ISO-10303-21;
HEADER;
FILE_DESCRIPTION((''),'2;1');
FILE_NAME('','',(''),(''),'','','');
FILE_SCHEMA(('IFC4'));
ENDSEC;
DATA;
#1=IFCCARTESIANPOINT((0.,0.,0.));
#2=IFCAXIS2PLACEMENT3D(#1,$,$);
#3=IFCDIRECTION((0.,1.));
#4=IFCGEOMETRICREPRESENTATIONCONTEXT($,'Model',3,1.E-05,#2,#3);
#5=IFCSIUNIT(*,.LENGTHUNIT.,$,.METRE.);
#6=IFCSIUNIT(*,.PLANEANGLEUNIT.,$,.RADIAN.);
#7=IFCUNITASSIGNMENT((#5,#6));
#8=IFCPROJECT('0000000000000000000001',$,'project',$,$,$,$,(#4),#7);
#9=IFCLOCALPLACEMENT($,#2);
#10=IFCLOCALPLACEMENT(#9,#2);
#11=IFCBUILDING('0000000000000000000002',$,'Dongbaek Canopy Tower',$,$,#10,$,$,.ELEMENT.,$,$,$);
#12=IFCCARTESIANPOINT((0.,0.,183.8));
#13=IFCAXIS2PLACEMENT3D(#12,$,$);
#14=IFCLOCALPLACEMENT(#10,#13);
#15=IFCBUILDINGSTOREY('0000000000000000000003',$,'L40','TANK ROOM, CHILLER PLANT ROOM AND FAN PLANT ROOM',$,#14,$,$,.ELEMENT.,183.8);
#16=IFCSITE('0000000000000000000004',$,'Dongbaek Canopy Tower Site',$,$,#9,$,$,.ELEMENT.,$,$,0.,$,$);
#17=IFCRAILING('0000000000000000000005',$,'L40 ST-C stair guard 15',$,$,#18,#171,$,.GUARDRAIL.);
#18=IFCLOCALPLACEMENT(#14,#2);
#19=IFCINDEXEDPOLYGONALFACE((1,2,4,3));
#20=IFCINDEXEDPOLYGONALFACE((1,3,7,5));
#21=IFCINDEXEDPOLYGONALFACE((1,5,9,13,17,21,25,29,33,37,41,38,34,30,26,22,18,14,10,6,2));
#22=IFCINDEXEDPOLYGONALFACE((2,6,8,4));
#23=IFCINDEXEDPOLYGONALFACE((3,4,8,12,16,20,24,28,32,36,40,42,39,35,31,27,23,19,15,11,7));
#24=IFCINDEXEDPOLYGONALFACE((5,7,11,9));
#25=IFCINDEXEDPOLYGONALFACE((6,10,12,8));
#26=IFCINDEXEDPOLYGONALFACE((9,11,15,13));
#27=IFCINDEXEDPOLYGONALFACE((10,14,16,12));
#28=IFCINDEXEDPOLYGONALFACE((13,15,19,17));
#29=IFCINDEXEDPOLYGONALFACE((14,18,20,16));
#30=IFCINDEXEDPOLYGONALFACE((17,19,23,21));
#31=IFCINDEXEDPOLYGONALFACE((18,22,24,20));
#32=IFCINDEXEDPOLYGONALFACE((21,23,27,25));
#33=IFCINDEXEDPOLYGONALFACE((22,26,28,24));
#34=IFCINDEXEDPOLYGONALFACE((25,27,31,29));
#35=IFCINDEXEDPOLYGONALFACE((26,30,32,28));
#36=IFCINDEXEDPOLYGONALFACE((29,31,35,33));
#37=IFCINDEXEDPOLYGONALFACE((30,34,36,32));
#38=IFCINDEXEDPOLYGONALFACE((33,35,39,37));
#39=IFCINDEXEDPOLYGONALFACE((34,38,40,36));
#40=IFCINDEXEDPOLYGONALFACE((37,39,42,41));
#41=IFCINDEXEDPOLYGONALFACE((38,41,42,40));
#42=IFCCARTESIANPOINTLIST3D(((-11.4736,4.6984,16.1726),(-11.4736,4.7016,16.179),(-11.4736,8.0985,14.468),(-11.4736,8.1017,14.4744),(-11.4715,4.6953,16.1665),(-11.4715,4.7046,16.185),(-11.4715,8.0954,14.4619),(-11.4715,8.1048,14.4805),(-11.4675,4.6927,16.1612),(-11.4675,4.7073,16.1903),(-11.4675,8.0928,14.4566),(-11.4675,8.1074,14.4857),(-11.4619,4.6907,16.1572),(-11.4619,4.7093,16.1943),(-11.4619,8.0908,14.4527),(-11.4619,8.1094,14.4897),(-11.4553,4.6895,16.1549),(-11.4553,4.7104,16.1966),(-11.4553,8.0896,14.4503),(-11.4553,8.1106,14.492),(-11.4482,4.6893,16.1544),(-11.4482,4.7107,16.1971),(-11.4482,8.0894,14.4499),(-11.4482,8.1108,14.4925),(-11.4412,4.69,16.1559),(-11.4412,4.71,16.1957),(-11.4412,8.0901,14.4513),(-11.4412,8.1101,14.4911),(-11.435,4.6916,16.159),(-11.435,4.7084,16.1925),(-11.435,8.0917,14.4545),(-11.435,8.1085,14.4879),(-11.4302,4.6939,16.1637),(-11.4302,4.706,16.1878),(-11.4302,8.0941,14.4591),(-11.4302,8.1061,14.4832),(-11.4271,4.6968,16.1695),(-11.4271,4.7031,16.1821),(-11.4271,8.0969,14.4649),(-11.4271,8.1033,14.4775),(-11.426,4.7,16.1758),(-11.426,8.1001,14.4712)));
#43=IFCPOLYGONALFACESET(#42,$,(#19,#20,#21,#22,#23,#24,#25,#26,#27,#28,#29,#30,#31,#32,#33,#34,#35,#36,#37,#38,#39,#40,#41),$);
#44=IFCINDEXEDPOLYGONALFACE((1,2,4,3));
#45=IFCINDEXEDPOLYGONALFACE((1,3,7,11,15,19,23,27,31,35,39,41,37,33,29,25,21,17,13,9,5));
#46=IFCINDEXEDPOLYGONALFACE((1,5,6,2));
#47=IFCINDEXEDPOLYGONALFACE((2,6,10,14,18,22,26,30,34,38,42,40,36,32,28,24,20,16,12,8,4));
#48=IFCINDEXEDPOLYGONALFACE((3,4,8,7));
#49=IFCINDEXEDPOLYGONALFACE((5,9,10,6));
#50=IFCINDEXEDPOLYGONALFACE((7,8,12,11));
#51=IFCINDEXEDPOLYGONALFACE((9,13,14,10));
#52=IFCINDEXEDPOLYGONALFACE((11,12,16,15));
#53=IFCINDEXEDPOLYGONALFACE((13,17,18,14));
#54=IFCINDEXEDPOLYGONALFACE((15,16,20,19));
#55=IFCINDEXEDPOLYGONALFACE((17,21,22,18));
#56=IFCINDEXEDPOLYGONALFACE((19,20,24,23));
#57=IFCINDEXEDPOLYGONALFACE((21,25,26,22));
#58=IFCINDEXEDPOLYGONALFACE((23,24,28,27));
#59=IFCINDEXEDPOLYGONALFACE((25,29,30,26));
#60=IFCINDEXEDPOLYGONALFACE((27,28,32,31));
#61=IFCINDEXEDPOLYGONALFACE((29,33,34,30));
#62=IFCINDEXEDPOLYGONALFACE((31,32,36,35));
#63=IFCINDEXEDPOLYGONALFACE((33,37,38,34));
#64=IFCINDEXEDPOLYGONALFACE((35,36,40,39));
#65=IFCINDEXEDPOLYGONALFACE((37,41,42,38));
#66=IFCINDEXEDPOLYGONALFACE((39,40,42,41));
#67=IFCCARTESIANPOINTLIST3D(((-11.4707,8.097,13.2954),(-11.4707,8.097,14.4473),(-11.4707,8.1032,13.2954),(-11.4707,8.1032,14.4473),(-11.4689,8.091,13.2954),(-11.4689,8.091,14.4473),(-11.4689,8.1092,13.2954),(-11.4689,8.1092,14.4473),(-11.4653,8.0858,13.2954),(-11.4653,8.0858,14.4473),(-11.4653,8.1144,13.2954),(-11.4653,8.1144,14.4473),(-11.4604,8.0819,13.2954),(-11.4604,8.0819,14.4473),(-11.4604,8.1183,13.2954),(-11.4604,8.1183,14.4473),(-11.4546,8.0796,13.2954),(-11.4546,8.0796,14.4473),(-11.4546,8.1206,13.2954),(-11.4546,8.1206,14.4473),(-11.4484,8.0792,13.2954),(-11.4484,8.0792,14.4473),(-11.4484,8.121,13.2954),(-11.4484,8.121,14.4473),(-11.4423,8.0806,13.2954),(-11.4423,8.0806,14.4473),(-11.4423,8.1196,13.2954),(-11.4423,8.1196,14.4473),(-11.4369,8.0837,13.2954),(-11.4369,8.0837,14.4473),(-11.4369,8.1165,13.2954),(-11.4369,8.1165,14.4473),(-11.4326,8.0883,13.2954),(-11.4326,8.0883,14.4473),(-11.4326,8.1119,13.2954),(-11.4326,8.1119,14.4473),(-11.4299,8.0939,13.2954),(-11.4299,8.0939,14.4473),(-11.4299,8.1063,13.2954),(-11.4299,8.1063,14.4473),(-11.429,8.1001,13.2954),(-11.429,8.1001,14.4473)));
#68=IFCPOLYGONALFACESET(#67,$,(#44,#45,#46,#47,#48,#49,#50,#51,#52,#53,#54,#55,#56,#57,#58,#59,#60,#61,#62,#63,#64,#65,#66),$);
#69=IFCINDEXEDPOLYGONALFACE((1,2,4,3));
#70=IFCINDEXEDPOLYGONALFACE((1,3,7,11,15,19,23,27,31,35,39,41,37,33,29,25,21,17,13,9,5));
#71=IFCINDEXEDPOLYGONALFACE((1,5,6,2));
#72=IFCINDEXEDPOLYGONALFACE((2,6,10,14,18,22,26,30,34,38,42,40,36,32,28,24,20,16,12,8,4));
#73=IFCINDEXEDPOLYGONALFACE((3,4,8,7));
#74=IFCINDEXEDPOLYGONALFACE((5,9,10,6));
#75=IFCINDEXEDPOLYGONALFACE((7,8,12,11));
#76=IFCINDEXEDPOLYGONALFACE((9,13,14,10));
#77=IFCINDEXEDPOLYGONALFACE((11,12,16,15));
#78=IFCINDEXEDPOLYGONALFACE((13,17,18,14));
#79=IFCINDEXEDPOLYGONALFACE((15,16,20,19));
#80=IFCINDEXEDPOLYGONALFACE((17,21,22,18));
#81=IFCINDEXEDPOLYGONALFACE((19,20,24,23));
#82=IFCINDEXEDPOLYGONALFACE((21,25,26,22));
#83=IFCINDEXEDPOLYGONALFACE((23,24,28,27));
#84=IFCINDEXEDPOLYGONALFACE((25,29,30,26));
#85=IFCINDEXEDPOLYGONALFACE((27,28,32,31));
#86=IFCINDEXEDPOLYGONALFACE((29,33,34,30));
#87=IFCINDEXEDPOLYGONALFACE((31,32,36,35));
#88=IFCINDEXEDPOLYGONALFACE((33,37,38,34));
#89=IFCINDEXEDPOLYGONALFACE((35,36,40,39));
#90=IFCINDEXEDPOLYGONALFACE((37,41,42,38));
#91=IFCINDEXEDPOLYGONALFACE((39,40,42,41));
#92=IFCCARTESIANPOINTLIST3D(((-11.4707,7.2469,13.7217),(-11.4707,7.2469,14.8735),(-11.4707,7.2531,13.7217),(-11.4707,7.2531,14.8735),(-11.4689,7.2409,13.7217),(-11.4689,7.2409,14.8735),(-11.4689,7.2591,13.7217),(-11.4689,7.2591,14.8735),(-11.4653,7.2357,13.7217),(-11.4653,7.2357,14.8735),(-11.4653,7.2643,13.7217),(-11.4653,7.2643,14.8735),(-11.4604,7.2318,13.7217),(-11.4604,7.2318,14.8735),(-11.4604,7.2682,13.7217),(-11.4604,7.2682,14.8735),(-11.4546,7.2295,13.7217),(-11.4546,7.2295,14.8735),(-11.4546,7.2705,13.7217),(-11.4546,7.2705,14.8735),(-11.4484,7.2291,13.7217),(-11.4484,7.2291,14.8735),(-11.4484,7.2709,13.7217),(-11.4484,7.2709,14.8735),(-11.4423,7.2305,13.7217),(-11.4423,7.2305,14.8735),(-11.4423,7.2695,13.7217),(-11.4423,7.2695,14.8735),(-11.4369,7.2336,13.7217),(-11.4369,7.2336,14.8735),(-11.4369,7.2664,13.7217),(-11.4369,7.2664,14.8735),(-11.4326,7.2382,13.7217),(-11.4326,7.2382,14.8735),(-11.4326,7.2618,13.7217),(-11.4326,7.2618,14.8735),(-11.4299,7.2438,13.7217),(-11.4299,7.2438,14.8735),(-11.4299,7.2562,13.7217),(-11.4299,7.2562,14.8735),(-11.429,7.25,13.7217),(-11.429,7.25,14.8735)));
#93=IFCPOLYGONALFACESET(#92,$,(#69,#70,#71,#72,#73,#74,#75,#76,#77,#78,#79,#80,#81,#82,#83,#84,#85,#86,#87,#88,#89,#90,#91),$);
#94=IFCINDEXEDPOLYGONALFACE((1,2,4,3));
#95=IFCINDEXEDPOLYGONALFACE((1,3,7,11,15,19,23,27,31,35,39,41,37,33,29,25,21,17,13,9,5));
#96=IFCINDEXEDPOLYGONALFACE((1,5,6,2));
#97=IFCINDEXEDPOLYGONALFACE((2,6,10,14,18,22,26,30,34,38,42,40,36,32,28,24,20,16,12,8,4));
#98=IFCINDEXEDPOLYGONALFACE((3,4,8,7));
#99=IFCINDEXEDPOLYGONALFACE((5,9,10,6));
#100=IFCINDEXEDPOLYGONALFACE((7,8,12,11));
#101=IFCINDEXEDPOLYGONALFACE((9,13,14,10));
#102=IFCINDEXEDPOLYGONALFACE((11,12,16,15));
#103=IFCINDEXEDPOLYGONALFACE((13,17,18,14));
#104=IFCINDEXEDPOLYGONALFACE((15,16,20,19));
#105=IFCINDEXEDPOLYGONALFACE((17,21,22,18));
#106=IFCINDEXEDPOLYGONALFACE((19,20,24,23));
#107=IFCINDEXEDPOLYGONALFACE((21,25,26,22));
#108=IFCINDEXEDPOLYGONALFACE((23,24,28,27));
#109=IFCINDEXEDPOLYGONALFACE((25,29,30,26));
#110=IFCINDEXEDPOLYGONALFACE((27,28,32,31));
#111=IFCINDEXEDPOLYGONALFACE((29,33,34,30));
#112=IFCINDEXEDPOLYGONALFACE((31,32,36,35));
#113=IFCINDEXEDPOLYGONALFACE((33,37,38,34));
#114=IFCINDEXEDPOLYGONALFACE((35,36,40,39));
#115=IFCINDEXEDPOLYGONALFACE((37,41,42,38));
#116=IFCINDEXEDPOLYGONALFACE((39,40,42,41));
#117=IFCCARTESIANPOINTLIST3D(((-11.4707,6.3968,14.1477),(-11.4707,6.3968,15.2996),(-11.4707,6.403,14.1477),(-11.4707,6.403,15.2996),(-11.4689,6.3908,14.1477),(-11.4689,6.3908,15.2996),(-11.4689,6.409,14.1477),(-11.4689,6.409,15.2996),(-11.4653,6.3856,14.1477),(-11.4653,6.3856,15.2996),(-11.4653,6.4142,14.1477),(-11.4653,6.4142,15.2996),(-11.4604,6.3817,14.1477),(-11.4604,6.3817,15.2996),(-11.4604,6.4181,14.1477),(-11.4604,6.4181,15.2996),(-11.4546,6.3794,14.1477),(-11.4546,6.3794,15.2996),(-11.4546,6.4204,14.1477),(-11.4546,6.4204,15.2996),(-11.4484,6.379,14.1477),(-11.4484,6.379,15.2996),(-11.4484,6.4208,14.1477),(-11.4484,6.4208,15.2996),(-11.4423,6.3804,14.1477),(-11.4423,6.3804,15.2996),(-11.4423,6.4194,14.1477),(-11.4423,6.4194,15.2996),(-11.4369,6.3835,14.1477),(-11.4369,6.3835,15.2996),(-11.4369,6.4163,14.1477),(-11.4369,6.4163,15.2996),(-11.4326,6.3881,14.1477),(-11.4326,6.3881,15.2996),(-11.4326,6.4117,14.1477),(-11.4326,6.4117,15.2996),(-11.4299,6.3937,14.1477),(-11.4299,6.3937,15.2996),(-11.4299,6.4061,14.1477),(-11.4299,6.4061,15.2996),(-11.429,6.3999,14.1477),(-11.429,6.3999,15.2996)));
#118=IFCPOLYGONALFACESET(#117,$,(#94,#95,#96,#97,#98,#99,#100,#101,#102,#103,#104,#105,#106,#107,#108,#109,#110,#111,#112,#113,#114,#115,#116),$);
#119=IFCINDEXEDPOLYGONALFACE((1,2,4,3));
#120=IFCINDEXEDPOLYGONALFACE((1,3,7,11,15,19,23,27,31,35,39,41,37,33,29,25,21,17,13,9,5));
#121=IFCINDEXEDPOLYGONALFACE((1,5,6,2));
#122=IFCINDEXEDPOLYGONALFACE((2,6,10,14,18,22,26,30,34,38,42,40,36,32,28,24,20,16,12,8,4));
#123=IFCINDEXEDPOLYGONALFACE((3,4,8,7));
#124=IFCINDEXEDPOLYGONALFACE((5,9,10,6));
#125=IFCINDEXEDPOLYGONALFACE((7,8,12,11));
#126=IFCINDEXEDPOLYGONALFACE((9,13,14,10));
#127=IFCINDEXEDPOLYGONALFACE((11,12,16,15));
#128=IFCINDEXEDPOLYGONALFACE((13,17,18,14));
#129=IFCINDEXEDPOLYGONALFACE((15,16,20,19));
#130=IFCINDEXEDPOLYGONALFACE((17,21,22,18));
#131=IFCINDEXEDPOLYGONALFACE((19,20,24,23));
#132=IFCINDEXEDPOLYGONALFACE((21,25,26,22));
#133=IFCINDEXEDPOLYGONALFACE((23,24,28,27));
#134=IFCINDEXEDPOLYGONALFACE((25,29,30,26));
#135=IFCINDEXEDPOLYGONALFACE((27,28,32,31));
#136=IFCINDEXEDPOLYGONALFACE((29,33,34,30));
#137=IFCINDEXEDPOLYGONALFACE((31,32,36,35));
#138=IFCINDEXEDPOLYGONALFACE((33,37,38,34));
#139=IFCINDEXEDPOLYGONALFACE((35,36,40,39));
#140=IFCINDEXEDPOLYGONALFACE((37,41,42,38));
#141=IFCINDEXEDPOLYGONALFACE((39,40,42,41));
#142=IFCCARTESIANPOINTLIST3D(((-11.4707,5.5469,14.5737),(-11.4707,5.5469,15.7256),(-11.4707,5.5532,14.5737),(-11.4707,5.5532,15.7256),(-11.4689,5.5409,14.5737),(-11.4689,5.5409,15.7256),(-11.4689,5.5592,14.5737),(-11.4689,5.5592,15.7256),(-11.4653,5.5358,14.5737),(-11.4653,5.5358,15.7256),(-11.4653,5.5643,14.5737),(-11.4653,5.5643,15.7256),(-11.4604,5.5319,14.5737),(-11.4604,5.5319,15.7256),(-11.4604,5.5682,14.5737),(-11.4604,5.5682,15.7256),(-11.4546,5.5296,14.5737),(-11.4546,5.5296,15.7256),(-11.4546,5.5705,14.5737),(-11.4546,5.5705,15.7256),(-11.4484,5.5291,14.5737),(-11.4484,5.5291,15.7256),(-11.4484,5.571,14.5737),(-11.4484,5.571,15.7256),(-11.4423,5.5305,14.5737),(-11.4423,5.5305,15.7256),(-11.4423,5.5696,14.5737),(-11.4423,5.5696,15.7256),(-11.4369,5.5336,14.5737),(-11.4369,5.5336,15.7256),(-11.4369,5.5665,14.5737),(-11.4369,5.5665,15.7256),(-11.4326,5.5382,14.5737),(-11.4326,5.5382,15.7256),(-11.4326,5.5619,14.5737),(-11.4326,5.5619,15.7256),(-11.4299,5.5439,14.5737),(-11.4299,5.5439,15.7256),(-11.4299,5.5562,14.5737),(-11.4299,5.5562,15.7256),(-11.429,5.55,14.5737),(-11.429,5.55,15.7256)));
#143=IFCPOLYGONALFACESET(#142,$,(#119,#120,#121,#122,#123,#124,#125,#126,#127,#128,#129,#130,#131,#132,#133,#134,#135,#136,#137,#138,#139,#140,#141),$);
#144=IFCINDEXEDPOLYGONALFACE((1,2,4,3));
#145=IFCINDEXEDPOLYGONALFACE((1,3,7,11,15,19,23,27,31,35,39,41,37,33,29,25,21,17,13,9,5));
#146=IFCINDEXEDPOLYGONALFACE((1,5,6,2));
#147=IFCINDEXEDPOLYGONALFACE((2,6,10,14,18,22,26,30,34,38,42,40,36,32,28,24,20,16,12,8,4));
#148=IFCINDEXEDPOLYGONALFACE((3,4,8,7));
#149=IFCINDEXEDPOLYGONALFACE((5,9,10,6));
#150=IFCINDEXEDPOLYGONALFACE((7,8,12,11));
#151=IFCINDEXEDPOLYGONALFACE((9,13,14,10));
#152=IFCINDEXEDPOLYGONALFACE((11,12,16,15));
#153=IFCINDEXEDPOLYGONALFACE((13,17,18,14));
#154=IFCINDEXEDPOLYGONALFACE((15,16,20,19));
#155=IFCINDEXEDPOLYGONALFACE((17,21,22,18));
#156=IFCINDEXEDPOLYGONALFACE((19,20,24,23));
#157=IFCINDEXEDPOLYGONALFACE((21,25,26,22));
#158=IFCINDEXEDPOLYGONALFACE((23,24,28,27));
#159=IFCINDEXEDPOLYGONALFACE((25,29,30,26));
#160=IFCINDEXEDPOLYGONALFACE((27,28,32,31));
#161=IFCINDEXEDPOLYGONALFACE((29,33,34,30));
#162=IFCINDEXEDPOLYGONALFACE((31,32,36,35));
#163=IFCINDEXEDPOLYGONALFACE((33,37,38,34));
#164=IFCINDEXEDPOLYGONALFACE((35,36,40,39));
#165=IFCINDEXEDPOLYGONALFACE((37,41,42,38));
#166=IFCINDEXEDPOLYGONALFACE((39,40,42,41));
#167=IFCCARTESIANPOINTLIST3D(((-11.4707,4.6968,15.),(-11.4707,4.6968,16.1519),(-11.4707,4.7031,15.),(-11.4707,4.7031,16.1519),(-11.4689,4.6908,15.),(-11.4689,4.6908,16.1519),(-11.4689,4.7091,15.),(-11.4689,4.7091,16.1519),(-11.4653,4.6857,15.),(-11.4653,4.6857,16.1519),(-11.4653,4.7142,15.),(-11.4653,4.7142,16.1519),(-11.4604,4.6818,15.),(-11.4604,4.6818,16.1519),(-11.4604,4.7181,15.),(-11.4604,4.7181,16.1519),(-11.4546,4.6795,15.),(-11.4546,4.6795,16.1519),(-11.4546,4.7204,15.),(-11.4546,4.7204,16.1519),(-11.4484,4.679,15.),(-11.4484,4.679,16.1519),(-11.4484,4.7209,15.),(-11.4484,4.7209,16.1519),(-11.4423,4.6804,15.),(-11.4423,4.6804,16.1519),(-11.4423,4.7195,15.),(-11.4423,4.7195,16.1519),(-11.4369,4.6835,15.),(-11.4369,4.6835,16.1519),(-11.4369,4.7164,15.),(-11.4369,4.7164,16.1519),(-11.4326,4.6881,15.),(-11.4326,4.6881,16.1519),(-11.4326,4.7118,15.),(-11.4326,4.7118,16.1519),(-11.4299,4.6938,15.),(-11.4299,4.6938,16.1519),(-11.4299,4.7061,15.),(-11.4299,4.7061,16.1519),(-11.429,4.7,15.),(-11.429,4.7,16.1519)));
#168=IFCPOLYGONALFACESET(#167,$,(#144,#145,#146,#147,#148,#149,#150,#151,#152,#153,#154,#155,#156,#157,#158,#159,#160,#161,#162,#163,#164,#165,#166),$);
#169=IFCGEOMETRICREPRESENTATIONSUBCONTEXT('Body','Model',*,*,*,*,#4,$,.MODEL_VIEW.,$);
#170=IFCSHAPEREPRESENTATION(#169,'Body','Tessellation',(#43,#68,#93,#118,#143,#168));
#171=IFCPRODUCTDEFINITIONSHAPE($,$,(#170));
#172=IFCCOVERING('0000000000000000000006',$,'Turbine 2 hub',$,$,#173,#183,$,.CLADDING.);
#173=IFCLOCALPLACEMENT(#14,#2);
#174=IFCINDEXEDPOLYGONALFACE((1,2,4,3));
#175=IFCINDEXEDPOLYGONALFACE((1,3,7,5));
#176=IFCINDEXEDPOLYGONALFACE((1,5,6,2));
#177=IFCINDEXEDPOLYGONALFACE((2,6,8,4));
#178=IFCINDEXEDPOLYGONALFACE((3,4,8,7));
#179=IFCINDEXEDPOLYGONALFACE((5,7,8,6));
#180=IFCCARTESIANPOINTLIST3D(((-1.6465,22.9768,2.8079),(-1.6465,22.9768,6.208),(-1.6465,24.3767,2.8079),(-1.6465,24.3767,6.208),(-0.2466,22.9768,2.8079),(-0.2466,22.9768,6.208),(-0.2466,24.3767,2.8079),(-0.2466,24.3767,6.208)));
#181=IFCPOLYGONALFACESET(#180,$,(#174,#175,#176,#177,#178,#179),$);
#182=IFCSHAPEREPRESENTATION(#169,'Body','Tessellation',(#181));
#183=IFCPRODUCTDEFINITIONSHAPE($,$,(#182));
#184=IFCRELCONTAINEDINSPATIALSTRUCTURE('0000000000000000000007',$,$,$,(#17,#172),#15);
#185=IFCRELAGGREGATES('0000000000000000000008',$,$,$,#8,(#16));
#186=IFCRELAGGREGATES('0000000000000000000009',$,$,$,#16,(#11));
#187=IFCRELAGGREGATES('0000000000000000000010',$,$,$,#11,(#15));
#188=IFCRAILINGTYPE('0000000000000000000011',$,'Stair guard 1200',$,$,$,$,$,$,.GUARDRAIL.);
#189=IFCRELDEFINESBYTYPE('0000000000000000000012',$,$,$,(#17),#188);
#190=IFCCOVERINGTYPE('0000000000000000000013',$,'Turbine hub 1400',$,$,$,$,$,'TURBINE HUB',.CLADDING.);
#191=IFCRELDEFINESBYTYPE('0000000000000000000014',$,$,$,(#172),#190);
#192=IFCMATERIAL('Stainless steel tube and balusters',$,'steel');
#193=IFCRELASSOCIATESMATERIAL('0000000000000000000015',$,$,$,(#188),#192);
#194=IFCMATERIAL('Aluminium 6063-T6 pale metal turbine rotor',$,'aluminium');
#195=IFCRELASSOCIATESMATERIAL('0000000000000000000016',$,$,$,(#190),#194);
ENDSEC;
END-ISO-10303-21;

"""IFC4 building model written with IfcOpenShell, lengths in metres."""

from ifc_helpers import new_model, si_unit, direction, frame, origin, origin_2d, place, context, subcontext, project, spatial, rectangle, circle, extrude, material, material_profile, profile_set, type_object, element, save


model = new_model("IFC4")

# Units and contexts
model_context = context("Model", 3, precision=1e-05, world=origin(), true_north=direction((0.0, 1.0)))
body_context = subcontext(model_context, "Body", "Model", "MODEL_VIEW")
ifc_project = project(units=[si_unit("LENGTHUNIT", "METRE"), si_unit("PLANEANGLEUNIT", "RADIAN")], contexts=[model_context])

# Site, building, storey
site_placement = place(None, origin())
site = spatial("IfcSite", under=ifc_project, at=site_placement, Name="Dongbaek Canopy Tower Site", CompositionType="ELEMENT", RefElevation=0.0)
building_placement = place(site_placement, origin())
building = spatial("IfcBuilding", under=site, at=building_placement, Name="Dongbaek Canopy Tower", CompositionType="ELEMENT")
storey_placement = place(building_placement, frame((0.0, 0.0, 183.8)))
storey = spatial("IfcBuildingStorey", under=building, at=storey_placement, Name="L40", Description="TANK ROOM, CHILLER PLANT ROOM AND FAN PLANT ROOM", CompositionType="ELEMENT", Elevation=183.8)

# Railing
ifc_material_1 = material(Name="Stainless steel tube and balusters", Category="steel")
railing_type_1 = type_object("IfcRailingType", Name="Stair guard 1200", PredefinedType="GUARDRAIL", material=ifc_material_1)
railing_1_placement = place(storey_placement, frame((-11.45, 8.1001, 13.2954)))
element("IfcRailing", 1, at=railing_1_placement, inside=storey, type_object=railing_type_1, Name="L40 ST-C stair guard 15", PredefinedType="GUARDRAIL", context=body_context, shape_type="SweptSolid", body=[
    extrude(circle(Radius=0.0239, at=origin_2d()), frame((0.0, 0.0, 1.1758), z_axis=(0.0, -0.893952, 0.448163), x_axis=(1.0, 0.0, 0.0)), (0.0, 0.0, 1.0), 3.8035),
    extrude(circle(Radius=0.021, at=origin_2d()), origin(), (0.0, 0.0, 1.0), 1.1519),
    extrude(circle(Radius=0.021, at=origin_2d()), frame((0.0, -0.8501, 0.4263)), (0.0, 0.0, 1.0), 1.1519),
    extrude(circle(Radius=0.021, at=origin_2d()), frame((0.0, -1.7002, 0.8523)), (0.0, 0.0, 1.0), 1.1519),
    extrude(circle(Radius=0.021, at=origin_2d()), frame((0.0, -2.55, 1.2783)), (0.0, 0.0, 1.0), 1.1519),
    extrude(circle(Radius=0.021, at=origin_2d()), frame((0.0, -3.4001, 1.7046)), (0.0, 0.0, 1.0), 1.1519),
])

# Covering
ifc_material_2 = material(Name="Aluminium 6063-T6 pale metal turbine rotor", Category="aluminium")
ifc_material_profile_1 = material_profile(ifc_material_2, rectangle(XDim=1.3999, YDim=1.3999, at=origin_2d()), Name="Turbine hub 1400")
ifc_profile_set_1 = profile_set([ifc_material_profile_1], Name="Aluminium 6063-T6 pale metal turbine rotor")
covering_type = type_object("IfcCoveringType", Name="Turbine hub 1400", ElementType="TURBINE HUB", PredefinedType="CLADDING", material=ifc_profile_set_1)
covering_placement = place(storey_placement, frame((-0.9465, 23.6768, 2.8079), z_axis=(0.0, 0.0, 1.0), x_axis=(1.0, 0.0, 0.0)))
element("IfcCovering", 2, at=covering_placement, inside=storey, type_object=covering_type, Name="Turbine 2 hub", PredefinedType="CLADDING", context=body_context, shape_type="SweptSolid", body=[
    extrude(rectangle(XDim=1.3999, YDim=1.3999, at=origin_2d()), origin(), (0.0, 0.0, 1.0), 3.4001),
])

save(model, "model.ifc")
